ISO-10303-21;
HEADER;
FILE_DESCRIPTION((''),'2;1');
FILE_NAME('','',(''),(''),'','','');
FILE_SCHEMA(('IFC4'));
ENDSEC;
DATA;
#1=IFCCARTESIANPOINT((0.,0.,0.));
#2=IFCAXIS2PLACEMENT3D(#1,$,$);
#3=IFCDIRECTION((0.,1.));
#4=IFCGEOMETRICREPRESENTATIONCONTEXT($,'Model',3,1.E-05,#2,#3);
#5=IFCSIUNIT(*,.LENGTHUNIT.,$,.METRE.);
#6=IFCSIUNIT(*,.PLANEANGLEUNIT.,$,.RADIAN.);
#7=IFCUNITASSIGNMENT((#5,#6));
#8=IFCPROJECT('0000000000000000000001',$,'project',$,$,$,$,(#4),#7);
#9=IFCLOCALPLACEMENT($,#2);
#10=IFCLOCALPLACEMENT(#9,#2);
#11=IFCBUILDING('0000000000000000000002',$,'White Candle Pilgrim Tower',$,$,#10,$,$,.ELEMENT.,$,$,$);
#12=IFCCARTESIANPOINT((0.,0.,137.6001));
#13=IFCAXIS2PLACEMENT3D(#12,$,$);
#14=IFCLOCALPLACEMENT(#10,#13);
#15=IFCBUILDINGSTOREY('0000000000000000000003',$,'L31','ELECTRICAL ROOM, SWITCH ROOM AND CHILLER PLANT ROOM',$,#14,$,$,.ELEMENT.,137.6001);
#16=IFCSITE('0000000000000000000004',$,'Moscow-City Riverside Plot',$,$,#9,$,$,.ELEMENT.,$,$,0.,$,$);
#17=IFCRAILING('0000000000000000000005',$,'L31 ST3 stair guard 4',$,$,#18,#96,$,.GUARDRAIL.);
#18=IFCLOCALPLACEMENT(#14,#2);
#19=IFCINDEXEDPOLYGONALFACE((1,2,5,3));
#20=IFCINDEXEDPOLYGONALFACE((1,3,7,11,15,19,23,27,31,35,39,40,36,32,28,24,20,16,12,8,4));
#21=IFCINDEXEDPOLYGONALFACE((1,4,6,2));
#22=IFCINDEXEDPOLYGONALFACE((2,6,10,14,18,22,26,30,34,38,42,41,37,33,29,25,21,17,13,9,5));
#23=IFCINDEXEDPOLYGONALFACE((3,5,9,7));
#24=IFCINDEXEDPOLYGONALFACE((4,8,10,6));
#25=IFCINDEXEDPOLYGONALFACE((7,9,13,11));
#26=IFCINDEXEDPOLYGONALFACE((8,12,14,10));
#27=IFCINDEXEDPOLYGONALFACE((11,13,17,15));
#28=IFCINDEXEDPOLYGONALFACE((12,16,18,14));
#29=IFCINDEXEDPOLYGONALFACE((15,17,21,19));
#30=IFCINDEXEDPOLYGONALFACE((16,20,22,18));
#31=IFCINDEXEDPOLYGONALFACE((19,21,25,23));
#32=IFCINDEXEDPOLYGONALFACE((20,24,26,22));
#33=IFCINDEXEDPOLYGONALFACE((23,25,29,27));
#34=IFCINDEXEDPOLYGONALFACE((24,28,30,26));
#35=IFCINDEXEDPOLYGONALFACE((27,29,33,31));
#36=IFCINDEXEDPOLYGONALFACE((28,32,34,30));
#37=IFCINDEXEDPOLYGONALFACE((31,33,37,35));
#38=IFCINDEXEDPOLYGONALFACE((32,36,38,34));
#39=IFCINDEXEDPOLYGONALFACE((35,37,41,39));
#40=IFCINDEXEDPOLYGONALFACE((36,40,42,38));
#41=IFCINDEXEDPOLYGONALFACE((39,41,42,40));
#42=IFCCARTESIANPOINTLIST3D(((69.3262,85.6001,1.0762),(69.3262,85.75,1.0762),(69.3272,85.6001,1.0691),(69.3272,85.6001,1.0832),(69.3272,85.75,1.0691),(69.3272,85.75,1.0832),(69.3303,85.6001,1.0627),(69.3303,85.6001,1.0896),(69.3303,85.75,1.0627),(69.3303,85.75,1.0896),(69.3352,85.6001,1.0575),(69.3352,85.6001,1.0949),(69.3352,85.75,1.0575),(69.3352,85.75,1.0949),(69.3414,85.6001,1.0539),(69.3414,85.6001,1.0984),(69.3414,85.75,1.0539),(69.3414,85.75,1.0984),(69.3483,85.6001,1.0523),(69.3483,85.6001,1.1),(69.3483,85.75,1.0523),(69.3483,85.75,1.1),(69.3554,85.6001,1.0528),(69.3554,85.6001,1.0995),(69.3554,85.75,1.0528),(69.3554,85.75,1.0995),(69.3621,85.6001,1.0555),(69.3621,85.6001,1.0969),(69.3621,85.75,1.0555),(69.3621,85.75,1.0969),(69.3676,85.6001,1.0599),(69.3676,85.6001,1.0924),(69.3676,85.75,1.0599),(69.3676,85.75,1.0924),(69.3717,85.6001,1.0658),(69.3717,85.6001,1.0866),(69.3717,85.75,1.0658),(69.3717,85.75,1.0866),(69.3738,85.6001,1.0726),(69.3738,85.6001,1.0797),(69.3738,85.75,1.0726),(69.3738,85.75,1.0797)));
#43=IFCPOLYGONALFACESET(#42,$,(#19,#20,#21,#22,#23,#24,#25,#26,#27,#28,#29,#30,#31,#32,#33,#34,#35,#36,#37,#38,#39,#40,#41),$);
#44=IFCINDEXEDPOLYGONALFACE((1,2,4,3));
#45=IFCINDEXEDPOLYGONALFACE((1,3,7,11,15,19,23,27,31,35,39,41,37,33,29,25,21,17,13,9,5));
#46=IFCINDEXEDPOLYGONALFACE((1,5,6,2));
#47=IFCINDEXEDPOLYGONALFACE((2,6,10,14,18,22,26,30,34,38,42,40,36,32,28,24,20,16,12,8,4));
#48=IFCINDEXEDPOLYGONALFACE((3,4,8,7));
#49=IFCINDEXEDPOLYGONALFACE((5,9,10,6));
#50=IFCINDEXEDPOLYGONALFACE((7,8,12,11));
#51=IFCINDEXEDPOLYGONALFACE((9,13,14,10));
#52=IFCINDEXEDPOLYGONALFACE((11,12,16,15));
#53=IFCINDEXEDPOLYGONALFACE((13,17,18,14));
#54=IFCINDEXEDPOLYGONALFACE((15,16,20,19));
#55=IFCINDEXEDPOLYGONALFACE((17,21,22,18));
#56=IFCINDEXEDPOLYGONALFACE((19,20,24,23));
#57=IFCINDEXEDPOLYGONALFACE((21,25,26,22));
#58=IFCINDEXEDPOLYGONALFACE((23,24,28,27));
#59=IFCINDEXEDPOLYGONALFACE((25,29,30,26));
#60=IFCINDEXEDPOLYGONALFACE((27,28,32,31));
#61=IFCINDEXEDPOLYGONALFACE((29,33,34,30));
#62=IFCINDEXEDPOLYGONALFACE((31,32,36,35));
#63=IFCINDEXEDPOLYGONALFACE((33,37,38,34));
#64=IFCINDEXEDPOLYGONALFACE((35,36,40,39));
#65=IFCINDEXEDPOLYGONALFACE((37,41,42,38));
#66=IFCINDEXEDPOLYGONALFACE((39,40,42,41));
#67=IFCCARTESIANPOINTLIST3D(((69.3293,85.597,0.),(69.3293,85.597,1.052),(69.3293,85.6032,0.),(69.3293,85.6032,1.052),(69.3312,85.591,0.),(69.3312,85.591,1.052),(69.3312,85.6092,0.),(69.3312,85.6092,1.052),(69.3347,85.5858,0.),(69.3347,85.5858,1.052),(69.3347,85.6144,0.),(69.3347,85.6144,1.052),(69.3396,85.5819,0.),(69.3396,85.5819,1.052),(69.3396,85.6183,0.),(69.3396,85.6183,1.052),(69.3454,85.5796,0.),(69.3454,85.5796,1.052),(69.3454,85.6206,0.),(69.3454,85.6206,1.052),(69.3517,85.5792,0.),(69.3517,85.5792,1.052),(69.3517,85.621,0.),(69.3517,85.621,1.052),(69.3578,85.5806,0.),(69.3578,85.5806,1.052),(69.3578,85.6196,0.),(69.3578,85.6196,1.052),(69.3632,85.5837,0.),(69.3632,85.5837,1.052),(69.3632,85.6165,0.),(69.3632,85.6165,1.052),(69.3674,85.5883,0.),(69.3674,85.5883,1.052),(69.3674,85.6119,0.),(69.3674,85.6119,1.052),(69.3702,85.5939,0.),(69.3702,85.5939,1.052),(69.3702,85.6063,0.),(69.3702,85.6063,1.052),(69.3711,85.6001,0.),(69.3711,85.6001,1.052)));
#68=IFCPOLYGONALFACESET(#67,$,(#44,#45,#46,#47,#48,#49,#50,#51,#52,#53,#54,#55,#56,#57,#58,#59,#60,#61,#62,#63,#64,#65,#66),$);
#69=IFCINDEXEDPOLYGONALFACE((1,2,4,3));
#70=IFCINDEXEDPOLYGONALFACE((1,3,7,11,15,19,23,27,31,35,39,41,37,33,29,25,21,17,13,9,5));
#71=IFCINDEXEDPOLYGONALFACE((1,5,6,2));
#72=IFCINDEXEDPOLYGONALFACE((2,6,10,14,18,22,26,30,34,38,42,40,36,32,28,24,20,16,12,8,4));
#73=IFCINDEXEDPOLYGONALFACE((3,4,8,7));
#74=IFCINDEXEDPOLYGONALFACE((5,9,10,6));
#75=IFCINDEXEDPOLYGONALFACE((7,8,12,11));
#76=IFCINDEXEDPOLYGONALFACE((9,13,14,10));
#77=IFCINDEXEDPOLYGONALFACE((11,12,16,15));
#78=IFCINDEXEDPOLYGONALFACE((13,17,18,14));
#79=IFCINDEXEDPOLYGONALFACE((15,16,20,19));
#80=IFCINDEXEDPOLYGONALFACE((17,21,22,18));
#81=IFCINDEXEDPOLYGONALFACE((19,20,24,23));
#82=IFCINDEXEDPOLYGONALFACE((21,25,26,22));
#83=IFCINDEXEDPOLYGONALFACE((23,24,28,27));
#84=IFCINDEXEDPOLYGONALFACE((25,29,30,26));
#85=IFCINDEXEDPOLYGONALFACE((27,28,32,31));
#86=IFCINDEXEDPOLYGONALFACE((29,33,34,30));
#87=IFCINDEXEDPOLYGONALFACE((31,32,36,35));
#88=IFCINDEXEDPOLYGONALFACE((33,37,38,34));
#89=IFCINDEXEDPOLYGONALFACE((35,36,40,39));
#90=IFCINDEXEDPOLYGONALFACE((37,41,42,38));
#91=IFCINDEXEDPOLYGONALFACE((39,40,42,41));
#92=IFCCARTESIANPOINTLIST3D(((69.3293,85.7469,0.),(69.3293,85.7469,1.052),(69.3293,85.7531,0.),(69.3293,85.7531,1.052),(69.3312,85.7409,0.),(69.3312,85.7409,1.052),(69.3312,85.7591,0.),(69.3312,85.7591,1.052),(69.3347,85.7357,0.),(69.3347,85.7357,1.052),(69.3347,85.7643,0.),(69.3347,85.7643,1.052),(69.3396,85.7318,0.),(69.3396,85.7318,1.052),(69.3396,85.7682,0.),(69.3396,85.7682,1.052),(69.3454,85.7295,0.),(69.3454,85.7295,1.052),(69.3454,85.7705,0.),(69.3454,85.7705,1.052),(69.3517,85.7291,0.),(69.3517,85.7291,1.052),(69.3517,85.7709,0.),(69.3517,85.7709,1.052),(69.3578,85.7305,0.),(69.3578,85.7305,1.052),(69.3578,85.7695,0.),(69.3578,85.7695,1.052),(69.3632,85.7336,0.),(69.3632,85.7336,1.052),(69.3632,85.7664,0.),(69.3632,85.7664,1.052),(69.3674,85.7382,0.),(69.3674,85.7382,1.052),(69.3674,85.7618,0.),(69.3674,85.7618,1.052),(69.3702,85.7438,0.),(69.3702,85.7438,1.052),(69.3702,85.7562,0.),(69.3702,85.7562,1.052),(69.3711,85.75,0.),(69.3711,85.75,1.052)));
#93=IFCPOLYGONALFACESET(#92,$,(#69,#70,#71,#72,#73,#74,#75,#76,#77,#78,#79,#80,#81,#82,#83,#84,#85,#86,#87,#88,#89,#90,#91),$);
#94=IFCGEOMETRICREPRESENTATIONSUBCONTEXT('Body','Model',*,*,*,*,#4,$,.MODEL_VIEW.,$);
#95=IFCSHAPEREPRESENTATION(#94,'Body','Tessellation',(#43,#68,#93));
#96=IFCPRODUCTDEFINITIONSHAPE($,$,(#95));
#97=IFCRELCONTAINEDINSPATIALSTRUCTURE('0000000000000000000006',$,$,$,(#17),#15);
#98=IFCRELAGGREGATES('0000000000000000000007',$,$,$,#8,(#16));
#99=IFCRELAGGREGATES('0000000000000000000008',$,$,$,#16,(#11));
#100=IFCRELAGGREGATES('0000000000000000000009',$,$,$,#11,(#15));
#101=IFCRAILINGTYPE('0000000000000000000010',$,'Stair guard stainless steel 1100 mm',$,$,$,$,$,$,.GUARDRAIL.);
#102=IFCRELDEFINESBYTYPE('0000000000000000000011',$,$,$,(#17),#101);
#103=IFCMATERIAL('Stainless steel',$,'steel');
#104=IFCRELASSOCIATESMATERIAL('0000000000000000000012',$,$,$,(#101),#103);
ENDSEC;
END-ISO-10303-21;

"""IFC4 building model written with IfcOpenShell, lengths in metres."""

from ifc_helpers import new_model, si_unit, direction, frame, origin, origin_2d, place, context, subcontext, project, spatial, circle, extrude, material, type_object, element, save


model = new_model("IFC4")

# Units and contexts
model_context = context("Model", 3, precision=1e-05, world=origin(), true_north=direction((0.0, 1.0)))
body_context = subcontext(model_context, "Body", "Model", "MODEL_VIEW")
ifc_project = project(units=[si_unit("LENGTHUNIT", "METRE"), si_unit("PLANEANGLEUNIT", "RADIAN")], contexts=[model_context])

# Site, building, storey
site_placement = place(None, origin())
site = spatial("IfcSite", under=ifc_project, at=site_placement, Name="Moscow-City Riverside Plot", CompositionType="ELEMENT", RefElevation=0.0)
building_placement = place(site_placement, origin())
building = spatial("IfcBuilding", under=site, at=building_placement, Name="White Candle Pilgrim Tower", CompositionType="ELEMENT")
storey_placement = place(building_placement, frame((0.0, 0.0, 137.6001)))
storey = spatial("IfcBuildingStorey", under=building, at=storey_placement, Name="L31", Description="ELECTRICAL ROOM, SWITCH ROOM AND CHILLER PLANT ROOM", CompositionType="ELEMENT", Elevation=137.6001)

# Railing
ifc_material_1 = material(Name="Stainless steel", Category="steel")
railing_type_1 = type_object("IfcRailingType", Name="Stair guard stainless steel 1100 mm", PredefinedType="GUARDRAIL", material=ifc_material_1)
railing_1_placement = place(storey_placement, frame((69.3501, 85.6001, 0.0)))
element("IfcRailing", 1, at=railing_1_placement, inside=storey, type_object=railing_type_1, Name="L31 ST3 stair guard 4", PredefinedType="GUARDRAIL", context=body_context, shape_type="SweptSolid", body=[
    extrude(circle(Radius=0.0239, at=origin_2d()), frame((0.0, 0.0, 1.0762), z_axis=(0.0, 1.0, 0.0), x_axis=(-1.0, 0.0, 0.0)), (0.0, 0.0, 1.0), 0.1499),
    extrude(circle(Radius=0.021, at=origin_2d()), origin(), (0.0, 0.0, 1.0), 1.052),
    extrude(circle(Radius=0.021, at=origin_2d()), frame((0.0, 0.1499, 0.0)), (0.0, 0.0, 1.0), 1.052),
])

save(model, "model.ifc")
